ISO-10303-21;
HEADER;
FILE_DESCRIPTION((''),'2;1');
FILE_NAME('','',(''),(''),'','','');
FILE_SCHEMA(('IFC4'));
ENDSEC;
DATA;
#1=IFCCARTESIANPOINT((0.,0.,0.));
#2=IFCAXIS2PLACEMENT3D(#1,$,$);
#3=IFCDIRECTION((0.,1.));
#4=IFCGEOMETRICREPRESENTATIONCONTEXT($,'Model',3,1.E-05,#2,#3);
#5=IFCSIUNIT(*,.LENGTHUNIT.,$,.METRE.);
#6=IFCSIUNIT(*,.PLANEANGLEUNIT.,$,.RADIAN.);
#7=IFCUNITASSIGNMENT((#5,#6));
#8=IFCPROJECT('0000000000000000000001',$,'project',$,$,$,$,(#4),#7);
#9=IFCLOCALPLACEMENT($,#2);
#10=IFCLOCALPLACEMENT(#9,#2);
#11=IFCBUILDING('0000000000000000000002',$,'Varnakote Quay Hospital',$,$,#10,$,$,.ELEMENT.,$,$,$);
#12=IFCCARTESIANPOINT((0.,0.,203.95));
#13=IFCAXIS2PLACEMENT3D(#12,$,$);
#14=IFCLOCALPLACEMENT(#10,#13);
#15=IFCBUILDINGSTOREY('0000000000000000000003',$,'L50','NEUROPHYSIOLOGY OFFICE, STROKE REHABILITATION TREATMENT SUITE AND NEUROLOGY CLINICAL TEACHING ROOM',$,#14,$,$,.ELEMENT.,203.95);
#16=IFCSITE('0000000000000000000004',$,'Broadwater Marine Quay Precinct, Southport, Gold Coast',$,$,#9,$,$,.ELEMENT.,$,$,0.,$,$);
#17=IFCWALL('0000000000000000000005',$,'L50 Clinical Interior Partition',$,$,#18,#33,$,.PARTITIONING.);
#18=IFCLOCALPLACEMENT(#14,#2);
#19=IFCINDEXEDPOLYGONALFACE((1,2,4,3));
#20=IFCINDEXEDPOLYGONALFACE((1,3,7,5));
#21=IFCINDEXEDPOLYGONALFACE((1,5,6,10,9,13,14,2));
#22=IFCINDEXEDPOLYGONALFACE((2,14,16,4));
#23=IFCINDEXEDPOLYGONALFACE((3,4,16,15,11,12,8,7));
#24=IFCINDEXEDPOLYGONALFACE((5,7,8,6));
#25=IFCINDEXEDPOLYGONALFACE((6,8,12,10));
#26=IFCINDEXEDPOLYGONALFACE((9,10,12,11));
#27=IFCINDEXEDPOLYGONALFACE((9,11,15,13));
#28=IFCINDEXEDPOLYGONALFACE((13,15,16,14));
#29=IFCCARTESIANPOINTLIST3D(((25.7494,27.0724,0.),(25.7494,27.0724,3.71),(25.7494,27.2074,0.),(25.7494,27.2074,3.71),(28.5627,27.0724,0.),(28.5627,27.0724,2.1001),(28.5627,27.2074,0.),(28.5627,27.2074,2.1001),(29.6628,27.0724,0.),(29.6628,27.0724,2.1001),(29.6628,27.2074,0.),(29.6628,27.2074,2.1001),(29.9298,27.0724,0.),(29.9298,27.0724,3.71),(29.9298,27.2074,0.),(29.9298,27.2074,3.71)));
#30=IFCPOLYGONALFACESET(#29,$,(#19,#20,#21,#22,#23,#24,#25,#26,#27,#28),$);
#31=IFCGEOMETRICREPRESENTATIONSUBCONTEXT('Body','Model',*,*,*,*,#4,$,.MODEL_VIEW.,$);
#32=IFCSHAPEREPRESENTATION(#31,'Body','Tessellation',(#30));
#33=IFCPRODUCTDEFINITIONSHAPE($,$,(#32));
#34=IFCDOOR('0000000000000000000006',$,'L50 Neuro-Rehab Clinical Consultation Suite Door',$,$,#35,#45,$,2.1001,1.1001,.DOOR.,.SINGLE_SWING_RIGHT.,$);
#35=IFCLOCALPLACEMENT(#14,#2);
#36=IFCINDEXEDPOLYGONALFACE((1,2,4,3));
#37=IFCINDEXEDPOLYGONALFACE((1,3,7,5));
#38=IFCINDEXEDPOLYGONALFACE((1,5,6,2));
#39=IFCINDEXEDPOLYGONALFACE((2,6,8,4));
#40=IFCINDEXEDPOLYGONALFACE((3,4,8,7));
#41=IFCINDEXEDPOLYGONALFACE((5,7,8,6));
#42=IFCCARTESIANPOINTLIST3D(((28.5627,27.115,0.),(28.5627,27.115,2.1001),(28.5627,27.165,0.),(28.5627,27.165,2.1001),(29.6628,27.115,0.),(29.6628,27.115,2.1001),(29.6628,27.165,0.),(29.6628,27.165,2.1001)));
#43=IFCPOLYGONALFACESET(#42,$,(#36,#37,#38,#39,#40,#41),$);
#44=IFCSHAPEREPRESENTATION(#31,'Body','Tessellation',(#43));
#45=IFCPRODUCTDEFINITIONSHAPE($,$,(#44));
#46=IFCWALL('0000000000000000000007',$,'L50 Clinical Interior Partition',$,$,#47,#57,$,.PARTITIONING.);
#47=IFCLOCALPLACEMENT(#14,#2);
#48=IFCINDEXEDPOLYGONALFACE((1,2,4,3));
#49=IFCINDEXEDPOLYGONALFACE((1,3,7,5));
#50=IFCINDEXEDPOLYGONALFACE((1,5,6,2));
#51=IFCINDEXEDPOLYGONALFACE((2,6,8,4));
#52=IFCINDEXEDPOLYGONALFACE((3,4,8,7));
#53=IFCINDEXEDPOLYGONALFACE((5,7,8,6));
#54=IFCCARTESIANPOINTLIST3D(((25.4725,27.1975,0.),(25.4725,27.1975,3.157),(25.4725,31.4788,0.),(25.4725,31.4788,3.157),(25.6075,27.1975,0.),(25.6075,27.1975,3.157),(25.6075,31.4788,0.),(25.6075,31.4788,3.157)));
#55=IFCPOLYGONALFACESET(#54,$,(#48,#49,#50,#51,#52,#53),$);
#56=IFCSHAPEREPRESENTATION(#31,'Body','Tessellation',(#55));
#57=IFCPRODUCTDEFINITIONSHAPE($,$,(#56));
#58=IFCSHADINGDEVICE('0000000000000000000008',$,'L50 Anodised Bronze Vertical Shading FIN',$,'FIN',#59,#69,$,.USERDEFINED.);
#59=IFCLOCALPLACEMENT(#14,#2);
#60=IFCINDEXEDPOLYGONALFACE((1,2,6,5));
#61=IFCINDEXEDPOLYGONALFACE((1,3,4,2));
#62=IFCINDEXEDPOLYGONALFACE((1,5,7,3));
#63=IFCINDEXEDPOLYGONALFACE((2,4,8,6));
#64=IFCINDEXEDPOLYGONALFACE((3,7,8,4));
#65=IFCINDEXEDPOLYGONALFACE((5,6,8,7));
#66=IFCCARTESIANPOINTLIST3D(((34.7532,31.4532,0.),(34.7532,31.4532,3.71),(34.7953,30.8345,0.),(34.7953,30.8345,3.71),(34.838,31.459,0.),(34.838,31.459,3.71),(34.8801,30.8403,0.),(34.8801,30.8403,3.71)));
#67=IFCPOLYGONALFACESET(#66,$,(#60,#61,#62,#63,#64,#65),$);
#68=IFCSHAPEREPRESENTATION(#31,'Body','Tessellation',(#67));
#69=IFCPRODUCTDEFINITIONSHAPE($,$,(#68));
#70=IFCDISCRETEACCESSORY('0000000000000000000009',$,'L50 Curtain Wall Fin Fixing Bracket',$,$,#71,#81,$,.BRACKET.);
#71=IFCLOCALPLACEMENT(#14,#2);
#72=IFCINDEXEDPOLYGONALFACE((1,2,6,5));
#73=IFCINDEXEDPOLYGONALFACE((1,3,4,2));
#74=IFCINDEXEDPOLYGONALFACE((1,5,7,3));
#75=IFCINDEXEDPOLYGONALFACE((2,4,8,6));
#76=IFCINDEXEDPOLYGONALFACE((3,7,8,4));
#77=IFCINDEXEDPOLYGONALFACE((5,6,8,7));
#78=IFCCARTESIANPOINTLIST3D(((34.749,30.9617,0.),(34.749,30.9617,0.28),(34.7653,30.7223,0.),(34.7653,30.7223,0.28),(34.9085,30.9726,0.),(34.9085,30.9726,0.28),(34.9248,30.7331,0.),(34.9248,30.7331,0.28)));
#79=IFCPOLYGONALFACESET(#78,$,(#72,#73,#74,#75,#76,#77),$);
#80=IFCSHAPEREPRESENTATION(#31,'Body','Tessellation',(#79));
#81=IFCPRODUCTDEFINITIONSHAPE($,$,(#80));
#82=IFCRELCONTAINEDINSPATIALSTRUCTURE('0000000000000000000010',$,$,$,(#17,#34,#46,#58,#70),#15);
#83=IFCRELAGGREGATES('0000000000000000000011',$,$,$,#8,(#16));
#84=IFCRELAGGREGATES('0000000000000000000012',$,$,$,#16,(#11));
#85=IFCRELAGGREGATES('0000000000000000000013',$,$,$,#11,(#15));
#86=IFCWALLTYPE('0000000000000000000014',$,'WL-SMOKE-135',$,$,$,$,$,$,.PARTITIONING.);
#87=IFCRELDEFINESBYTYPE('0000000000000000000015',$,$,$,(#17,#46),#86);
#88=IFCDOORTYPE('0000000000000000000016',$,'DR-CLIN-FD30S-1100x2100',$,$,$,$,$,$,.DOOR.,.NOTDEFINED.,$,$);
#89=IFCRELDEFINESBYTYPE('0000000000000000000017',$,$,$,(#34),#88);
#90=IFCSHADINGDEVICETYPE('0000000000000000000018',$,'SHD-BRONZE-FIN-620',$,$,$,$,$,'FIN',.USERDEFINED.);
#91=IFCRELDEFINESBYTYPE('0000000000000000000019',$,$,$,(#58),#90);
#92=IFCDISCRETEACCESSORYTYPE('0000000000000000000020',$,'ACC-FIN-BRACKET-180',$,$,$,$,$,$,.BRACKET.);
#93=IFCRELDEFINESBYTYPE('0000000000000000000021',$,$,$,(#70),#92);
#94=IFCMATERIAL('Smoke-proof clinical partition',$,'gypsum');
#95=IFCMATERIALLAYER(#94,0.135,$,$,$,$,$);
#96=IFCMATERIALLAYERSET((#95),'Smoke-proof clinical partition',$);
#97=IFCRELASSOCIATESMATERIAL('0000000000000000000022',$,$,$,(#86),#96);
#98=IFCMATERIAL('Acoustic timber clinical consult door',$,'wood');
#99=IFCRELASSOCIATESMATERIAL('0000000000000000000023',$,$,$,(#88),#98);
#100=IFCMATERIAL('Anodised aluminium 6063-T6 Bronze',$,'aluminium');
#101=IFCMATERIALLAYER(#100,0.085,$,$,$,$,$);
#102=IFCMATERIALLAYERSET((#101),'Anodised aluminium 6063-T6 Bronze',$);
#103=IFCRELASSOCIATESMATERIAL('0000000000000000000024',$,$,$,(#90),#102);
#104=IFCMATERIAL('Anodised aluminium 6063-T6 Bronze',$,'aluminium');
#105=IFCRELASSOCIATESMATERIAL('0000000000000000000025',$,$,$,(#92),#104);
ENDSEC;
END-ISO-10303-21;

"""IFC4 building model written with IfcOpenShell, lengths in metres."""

from ifc_helpers import new_model, si_unit, direction, frame, frame_2d, origin, origin_2d, place, context, subcontext, project, spatial, rectangle, extrude, material, layer, layer_set, type_object, element, fill, save


model = new_model("IFC4")

# Units and contexts
model_context = context("Model", 3, precision=1e-05, world=origin(), true_north=direction((0.0, 1.0)))
body_context = subcontext(model_context, "Body", "Model", "MODEL_VIEW")
ifc_project = project(units=[si_unit("LENGTHUNIT", "METRE"), si_unit("PLANEANGLEUNIT", "RADIAN")], contexts=[model_context])

# Site, building, storey
site_placement = place(None, origin())
site = spatial("IfcSite", under=ifc_project, at=site_placement, Name="Broadwater Marine Quay Precinct, Southport, Gold Coast", CompositionType="ELEMENT", RefElevation=0.0)
building_placement = place(site_placement, origin())
building = spatial("IfcBuilding", under=site, at=building_placement, Name="Varnakote Quay Hospital", CompositionType="ELEMENT")
storey_placement = place(building_placement, frame((0.0, 0.0, 203.95)))
storey = spatial("IfcBuildingStorey", under=building, at=storey_placement, Name="L50", Description="NEUROPHYSIOLOGY OFFICE, STROKE REHABILITATION TREATMENT SUITE AND NEUROLOGY CLINICAL TEACHING ROOM", CompositionType="ELEMENT", Elevation=203.95)

# Shared definitions
ifc_material_1 = material(Name="Smoke-proof clinical partition", Category="gypsum")
ifc_layer_1 = layer(ifc_material_1, 0.135)
ifc_layer_set_1 = layer_set([ifc_layer_1], Name="Smoke-proof clinical partition")
wall_type_1 = type_object("IfcWallType", Name="WL-SMOKE-135", PredefinedType="PARTITIONING", material=ifc_layer_set_1)

# Shared definitions
ifc_material_2 = material(Name="Acoustic timber clinical consult door", Category="wood")
door_type = type_object("IfcDoorType", Name="DR-CLIN-FD30S-1100x2100", OperationType="NOTDEFINED", PredefinedType="DOOR", material=ifc_material_2)

# Wall, opening, door
wall_1_placement = place(storey_placement, frame((29.9299, 27.1399, 0.0), z_axis=(0.0, 0.0, 1.0), x_axis=(-1.0, 0.0, 0.0)))
wall_1 = element("IfcWall", 1, at=wall_1_placement, inside=storey, type_object=wall_type_1, Name="L50 Clinical Interior Partition", PredefinedType="PARTITIONING", context=body_context, shape_type="SweptSolid", body=[
    extrude(rectangle(XDim=4.1804, YDim=0.135, at=frame_2d((2.0903, 0.0))), origin(), (0.0, 0.0, 1.0), 3.71),
])
opening_1_placement = place(wall_1_placement, frame((0.2671, 0.0, 0.0)))
opening_1 = element("IfcOpeningElement", 2, at=opening_1_placement, cuts=wall_1, PredefinedType="OPENING", context=body_context, shape_type="SweptSolid", body=[
    extrude(rectangle(XDim=1.1001, YDim=2.1001, at=frame_2d((0.55, 1.05))), frame((0.0, 0.0774, 0.0), z_axis=(0.0, -1.0, 0.0), x_axis=(1.0, 0.0, 0.0)), (0.0, 0.0, 1.0), 0.155),
])
door_1_placement = place(opening_1_placement, origin())
door_1 = element("IfcDoor", 3, at=door_1_placement, inside=storey, type_object=door_type, Name="L50 Neuro-Rehab Clinical Consultation Suite Door", OperationType="SINGLE_SWING_RIGHT", OverallHeight=2.1001, OverallWidth=1.1001, PredefinedType="DOOR", context=body_context, shape_type="SweptSolid", body=[
    extrude(rectangle(XDim=1.1001, YDim=2.1001, at=frame_2d((0.55, 1.05))), frame((0.0, 0.0249, 0.0), z_axis=(0.0, -1.0, 0.0), x_axis=(1.0, 0.0, 0.0)), (0.0, 0.0, 1.0), 0.05),
])
fill(opening_1, door_1)

# Wall
wall_2_placement = place(storey_placement, frame((25.54, 27.1975, 0.0), z_axis=(0.0, 0.0, 1.0), x_axis=(0.0, 1.0, 0.0)))
element("IfcWall", 4, at=wall_2_placement, inside=storey, type_object=wall_type_1, Name="L50 Clinical Interior Partition", PredefinedType="PARTITIONING", context=body_context, shape_type="SweptSolid", body=[
    extrude(rectangle(XDim=4.2812, YDim=0.135, at=frame_2d((2.1406, 0.0))), origin(), (0.0, 0.0, 1.0), 3.157),
])

# Shading device
ifc_material_3 = material(Name="Anodised aluminium 6063-T6 Bronze", Category="aluminium")
ifc_layer_2 = layer(ifc_material_3, 0.085)
ifc_layer_set_2 = layer_set([ifc_layer_2], Name="Anodised aluminium 6063-T6 Bronze")
shading_device_type = type_object("IfcShadingDeviceType", Name="SHD-BRONZE-FIN-620", ElementType="FIN", PredefinedType="USERDEFINED", material=ifc_layer_set_2)
shading_device_placement = place(storey_placement, frame((34.8167, 31.1467, 0.0), z_axis=(0.0, 0.0, 1.0), x_axis=(0.067841, -0.997696, 0.0)))
element("IfcShadingDevice", 5, at=shading_device_placement, inside=storey, type_object=shading_device_type, Name="L50 Anodised Bronze Vertical Shading FIN", ObjectType="FIN", PredefinedType="USERDEFINED", context=body_context, shape_type="SweptSolid", body=[
    extrude(rectangle(XDim=0.6201, YDim=0.085, at=origin_2d()), origin(), (0.0, 0.0, 1.0), 3.71),
])

# Discrete accessory
ifc_material_4 = material(Name="Anodised aluminium 6063-T6 Bronze", Category="aluminium")
discrete_accessory_type = type_object("IfcDiscreteAccessoryType", Name="ACC-FIN-BRACKET-180", PredefinedType="BRACKET", material=ifc_material_4)
discrete_accessory_placement = place(storey_placement, frame((34.8369, 30.8474, 0.0), z_axis=(0.0, 0.0, 1.0), x_axis=(-0.997696, -0.067841, 0.0)))
element("IfcDiscreteAccessory", 6, at=discrete_accessory_placement, inside=storey, type_object=discrete_accessory_type, Name="L50 Curtain Wall Fin Fixing Bracket", PredefinedType="BRACKET", context=body_context, shape_type="SweptSolid", body=[
    extrude(rectangle(XDim=0.1599, YDim=0.24, at=origin_2d()), origin(), (0.0, 0.0, 1.0), 0.28),
])

save(model, "model.ifc")
